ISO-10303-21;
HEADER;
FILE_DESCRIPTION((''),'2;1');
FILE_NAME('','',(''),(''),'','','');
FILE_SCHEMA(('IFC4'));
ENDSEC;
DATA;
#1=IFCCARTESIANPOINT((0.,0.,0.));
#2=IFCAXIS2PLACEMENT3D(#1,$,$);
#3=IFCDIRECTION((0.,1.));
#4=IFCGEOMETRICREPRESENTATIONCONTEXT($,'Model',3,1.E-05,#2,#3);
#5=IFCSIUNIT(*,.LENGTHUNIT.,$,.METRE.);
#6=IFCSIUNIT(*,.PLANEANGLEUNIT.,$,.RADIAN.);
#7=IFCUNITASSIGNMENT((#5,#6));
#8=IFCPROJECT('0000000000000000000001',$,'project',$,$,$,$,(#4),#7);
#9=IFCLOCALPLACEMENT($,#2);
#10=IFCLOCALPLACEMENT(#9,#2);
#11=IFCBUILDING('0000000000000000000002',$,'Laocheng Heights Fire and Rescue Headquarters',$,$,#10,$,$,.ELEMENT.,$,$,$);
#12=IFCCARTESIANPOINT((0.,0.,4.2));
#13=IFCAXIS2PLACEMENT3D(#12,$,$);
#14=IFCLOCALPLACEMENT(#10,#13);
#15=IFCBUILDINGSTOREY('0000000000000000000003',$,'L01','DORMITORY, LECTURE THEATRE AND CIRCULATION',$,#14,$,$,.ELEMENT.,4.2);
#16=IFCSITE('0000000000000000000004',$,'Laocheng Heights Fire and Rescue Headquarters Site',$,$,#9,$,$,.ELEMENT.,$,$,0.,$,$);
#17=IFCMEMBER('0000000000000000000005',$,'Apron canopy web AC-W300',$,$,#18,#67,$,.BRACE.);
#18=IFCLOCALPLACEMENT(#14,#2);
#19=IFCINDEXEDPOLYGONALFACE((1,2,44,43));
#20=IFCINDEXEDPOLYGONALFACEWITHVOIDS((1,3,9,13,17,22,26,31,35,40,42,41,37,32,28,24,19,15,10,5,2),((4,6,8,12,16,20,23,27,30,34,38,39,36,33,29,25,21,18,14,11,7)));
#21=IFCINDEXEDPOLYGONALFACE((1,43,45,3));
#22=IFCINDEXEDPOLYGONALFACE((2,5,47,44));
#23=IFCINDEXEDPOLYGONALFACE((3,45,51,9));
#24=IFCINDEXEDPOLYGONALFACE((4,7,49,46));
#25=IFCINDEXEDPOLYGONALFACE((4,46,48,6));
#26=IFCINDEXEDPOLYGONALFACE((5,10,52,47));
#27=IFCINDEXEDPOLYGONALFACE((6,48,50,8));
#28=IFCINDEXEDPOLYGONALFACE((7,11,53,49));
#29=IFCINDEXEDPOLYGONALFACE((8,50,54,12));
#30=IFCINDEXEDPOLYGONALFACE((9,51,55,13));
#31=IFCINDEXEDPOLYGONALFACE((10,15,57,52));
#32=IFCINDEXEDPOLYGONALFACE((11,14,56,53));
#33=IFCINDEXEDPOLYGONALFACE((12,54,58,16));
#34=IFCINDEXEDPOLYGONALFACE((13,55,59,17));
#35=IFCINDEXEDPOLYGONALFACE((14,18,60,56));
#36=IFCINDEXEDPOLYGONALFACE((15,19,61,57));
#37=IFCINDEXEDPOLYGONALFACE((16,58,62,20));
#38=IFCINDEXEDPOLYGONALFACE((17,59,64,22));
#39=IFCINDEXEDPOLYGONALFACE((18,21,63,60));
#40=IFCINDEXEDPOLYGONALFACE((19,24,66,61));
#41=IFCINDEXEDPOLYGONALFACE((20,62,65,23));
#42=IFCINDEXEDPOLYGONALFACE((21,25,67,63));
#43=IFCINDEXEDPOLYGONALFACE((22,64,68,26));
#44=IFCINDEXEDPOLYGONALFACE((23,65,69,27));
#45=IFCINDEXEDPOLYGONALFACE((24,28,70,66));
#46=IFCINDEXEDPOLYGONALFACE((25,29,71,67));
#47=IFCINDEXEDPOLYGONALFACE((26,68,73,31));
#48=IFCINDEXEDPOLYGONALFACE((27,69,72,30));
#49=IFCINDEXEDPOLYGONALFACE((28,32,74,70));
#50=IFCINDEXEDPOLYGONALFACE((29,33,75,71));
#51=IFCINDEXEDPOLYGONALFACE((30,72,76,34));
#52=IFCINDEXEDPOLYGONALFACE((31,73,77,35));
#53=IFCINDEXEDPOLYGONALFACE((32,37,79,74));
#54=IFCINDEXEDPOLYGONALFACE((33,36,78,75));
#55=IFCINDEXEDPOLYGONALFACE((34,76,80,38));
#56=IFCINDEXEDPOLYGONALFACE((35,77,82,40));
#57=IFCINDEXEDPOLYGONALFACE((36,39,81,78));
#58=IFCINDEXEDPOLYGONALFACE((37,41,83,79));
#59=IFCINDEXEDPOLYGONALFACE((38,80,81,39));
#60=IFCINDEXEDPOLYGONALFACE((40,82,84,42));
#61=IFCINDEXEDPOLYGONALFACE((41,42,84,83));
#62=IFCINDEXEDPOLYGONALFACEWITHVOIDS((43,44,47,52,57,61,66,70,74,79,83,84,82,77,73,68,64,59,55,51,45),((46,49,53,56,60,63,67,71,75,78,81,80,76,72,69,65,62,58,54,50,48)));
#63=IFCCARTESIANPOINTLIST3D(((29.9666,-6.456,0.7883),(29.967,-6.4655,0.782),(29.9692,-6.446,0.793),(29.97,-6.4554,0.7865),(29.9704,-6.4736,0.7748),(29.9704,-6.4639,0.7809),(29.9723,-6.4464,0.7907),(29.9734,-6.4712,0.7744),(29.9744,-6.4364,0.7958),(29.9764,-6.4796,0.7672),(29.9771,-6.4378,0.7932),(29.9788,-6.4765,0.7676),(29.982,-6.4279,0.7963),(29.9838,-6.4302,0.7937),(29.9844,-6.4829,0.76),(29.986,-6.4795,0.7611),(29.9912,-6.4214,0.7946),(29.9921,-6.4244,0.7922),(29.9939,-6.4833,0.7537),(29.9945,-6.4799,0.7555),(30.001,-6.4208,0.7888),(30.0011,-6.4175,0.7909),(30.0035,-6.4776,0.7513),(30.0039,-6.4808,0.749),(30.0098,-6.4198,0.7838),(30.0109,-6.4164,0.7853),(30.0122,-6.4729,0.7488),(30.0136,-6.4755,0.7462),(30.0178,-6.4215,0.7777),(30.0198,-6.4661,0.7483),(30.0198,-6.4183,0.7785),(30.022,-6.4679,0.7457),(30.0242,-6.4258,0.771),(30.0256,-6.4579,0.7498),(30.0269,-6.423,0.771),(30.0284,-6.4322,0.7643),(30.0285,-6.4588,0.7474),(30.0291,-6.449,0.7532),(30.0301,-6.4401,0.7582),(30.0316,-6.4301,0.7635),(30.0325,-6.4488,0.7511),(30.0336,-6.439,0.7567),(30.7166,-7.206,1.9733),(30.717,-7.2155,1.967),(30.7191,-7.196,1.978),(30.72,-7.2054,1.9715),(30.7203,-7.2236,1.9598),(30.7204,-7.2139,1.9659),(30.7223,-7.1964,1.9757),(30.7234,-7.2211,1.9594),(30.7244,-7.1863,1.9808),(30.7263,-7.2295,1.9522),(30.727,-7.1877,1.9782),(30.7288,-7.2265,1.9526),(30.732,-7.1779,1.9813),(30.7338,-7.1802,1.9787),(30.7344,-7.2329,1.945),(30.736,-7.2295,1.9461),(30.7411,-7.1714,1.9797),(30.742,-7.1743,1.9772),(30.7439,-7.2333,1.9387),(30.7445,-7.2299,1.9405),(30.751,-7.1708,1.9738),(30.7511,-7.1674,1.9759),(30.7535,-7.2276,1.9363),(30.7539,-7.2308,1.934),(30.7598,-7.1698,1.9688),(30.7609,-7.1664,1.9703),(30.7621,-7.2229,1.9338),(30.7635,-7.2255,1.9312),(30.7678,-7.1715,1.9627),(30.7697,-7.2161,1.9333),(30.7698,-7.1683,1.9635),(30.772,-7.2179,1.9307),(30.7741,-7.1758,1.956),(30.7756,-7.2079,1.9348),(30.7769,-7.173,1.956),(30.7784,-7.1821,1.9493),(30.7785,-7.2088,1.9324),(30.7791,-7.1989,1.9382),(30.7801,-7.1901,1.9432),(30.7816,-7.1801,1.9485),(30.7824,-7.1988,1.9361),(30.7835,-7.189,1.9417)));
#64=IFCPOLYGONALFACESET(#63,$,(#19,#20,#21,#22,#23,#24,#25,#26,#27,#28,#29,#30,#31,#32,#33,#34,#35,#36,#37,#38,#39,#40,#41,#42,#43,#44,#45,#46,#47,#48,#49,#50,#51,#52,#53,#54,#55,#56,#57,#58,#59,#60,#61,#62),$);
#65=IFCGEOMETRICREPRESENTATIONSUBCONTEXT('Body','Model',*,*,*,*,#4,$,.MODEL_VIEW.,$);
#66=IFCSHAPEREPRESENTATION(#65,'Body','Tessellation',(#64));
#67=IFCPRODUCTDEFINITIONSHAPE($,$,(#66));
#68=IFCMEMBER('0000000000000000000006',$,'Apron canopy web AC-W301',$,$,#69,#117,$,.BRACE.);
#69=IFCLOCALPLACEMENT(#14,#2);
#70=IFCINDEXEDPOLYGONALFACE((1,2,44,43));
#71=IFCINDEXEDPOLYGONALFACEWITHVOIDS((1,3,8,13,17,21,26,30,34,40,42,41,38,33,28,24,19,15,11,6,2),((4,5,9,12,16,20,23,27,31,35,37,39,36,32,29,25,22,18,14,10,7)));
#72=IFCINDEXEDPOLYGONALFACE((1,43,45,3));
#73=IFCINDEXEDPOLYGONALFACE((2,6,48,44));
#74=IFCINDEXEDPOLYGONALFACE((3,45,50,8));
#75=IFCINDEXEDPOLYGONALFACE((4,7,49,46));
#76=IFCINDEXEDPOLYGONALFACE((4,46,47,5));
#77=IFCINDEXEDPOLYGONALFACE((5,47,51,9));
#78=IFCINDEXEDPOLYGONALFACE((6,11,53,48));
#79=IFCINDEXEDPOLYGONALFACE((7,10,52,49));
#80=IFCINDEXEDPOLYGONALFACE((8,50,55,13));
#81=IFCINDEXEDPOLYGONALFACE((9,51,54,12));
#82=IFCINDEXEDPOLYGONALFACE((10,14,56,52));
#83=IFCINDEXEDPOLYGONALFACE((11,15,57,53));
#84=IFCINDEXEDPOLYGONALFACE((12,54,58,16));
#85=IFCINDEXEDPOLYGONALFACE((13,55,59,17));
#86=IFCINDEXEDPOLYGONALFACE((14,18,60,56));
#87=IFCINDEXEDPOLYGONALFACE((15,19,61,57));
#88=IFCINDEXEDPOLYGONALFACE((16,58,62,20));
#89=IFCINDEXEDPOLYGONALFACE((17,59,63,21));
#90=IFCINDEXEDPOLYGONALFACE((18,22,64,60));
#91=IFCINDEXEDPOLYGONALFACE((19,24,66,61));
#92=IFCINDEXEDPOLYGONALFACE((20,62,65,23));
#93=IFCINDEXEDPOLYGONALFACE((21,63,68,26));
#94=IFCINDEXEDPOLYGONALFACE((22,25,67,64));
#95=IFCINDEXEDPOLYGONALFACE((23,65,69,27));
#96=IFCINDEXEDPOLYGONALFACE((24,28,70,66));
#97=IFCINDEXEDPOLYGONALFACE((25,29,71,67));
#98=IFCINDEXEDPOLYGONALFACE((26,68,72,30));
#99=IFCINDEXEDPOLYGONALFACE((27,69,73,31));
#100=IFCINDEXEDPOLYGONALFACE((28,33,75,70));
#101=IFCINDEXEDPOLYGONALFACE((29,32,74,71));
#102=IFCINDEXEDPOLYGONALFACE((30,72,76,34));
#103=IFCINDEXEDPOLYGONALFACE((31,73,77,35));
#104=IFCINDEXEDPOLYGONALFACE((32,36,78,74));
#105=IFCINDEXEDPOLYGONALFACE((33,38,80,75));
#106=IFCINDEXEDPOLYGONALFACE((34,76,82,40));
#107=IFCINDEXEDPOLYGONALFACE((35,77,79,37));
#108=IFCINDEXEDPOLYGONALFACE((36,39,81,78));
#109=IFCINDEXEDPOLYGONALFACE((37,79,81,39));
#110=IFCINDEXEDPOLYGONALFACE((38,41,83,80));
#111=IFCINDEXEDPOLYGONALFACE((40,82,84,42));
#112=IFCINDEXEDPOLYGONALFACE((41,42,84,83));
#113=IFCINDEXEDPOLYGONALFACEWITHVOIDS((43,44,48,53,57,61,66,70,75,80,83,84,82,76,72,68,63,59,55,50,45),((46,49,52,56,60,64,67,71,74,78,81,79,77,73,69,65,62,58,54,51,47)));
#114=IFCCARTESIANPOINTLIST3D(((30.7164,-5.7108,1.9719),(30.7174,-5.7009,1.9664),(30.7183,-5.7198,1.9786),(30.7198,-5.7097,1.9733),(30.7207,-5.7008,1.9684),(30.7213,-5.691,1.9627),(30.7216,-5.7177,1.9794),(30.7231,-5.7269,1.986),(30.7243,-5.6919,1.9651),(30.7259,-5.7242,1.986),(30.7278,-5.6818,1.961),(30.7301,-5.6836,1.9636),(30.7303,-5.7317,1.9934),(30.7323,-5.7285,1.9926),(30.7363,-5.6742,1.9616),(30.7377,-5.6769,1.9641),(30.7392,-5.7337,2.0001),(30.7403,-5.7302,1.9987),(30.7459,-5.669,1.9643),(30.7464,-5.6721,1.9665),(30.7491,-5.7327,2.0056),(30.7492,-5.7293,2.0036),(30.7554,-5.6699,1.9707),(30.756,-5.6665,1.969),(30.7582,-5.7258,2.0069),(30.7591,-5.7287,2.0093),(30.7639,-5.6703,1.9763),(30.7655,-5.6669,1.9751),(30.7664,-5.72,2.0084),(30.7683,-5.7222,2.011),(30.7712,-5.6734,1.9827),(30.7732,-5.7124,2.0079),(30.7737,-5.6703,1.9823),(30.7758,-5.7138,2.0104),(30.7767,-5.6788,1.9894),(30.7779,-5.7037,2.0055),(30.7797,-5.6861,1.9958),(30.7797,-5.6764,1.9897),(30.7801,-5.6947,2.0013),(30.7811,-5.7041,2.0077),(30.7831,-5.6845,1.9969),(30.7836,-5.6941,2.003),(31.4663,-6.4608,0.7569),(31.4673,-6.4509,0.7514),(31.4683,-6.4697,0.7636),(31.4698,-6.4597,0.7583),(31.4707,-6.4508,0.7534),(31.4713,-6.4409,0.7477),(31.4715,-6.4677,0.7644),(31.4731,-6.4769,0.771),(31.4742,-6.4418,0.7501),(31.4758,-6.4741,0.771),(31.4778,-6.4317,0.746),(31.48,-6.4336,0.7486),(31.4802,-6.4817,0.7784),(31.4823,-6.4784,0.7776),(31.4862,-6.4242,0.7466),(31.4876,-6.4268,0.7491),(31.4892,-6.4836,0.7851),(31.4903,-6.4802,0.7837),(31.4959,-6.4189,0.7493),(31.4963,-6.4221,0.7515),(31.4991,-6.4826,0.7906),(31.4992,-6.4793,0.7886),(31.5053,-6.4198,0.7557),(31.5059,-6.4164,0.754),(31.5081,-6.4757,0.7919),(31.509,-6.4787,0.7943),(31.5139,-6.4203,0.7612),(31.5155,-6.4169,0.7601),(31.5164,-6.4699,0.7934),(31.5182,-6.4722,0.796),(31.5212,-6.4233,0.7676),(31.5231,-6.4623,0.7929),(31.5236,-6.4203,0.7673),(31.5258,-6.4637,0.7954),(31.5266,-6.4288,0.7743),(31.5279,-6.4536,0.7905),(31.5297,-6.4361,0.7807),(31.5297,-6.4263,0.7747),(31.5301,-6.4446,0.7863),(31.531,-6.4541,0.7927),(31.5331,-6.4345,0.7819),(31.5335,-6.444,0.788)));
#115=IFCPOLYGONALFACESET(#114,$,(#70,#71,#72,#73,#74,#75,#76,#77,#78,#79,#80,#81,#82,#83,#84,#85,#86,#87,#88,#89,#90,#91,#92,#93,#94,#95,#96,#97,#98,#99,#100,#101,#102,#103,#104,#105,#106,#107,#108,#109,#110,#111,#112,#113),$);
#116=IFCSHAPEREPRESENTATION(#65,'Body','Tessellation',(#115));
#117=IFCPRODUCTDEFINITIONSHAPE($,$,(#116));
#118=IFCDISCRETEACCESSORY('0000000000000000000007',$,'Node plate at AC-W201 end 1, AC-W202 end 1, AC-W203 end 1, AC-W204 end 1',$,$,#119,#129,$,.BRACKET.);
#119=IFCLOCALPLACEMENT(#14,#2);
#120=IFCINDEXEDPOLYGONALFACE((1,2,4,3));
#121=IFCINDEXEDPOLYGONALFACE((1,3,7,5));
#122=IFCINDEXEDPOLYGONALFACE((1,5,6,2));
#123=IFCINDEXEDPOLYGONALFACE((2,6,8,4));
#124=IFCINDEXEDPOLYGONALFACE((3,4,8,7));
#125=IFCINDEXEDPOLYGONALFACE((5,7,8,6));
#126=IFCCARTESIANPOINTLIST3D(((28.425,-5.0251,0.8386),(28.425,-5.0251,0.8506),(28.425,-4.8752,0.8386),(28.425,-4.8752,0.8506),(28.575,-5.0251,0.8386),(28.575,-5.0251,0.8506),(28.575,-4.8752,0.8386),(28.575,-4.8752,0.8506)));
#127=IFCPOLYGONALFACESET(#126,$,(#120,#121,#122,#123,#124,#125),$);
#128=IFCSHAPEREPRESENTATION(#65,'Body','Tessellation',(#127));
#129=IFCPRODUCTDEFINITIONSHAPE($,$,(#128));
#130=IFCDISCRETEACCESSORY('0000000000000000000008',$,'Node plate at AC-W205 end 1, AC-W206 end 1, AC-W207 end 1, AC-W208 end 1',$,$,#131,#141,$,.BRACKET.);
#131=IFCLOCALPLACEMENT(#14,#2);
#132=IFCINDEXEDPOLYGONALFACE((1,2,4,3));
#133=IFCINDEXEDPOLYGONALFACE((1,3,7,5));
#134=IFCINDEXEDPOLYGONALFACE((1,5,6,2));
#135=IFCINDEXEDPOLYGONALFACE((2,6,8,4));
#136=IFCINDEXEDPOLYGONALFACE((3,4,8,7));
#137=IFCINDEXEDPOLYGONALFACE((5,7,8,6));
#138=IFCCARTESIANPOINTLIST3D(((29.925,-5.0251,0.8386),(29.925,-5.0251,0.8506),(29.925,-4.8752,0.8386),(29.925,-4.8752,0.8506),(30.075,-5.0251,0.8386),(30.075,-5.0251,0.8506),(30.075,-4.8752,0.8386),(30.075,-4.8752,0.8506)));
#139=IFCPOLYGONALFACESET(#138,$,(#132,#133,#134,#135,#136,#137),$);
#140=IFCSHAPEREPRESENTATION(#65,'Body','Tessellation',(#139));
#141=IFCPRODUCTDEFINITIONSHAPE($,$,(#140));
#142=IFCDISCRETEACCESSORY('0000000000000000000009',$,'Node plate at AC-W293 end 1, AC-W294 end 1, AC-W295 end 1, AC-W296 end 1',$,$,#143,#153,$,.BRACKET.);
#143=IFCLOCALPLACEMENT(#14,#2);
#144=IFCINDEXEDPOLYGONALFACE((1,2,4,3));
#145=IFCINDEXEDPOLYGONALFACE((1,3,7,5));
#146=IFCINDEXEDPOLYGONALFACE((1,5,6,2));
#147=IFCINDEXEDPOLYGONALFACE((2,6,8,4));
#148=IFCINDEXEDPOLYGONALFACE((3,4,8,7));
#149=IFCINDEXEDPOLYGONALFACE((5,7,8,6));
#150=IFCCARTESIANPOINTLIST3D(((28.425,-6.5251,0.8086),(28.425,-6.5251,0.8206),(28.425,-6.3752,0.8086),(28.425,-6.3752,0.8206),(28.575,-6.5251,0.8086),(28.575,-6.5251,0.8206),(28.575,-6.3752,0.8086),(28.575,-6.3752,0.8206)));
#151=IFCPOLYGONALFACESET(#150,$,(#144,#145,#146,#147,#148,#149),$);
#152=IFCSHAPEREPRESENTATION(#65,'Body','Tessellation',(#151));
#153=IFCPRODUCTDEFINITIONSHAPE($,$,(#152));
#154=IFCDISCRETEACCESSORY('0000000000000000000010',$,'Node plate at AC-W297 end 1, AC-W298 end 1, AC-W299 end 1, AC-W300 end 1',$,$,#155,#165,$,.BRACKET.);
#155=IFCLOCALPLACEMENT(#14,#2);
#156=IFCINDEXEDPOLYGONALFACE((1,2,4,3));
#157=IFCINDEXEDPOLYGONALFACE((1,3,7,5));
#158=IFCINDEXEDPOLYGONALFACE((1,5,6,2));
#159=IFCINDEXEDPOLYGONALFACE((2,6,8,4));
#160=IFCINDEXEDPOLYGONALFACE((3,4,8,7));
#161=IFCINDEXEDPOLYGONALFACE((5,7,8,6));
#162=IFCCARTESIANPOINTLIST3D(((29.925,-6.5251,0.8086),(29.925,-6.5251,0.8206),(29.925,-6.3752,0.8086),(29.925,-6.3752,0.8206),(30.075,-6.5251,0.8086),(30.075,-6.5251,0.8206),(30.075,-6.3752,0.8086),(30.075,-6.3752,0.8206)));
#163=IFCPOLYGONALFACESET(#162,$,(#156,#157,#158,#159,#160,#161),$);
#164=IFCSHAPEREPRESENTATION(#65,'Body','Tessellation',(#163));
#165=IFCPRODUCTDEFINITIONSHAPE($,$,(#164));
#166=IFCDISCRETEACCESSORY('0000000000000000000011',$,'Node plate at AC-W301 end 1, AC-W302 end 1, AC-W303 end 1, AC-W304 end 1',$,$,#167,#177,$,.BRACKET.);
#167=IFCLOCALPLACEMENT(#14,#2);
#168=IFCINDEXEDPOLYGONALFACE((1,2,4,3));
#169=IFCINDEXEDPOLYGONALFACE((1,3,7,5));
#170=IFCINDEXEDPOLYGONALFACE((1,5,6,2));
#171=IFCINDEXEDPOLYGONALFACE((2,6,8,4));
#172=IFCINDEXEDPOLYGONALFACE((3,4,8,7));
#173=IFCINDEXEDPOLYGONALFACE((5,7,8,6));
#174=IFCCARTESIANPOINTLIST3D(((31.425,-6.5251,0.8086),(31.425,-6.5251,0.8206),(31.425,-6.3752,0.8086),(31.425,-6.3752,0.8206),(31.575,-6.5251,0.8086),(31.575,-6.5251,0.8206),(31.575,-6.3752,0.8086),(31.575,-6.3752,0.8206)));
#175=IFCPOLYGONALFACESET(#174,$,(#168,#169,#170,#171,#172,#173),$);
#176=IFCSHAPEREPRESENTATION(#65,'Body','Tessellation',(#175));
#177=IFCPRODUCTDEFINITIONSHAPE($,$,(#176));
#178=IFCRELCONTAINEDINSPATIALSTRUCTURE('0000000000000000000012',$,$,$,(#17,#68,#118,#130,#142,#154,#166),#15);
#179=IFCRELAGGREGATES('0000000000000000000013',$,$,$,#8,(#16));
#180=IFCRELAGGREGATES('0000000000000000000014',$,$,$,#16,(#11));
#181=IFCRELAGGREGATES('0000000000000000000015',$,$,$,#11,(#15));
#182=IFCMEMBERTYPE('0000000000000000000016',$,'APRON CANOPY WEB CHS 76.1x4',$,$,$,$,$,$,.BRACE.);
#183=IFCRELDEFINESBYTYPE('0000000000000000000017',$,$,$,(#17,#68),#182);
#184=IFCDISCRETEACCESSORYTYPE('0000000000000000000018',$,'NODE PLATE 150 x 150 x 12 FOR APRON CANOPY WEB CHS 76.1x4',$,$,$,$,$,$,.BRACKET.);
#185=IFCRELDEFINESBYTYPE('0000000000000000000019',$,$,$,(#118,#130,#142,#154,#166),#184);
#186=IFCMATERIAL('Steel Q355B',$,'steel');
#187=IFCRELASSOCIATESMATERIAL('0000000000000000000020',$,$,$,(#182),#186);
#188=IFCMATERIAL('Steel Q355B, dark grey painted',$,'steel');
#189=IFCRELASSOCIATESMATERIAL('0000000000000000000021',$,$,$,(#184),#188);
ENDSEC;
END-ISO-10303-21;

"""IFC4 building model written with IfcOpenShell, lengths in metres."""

from ifc_helpers import new_model, si_unit, direction, frame, origin, origin_2d, place, context, subcontext, project, spatial, rectangle, hollow_circle, extrude, material, material_profile, profile_set, type_object, element, save


model = new_model("IFC4")

# Units and contexts
model_context = context("Model", 3, precision=1e-05, world=origin(), true_north=direction((0.0, 1.0)))
body_context = subcontext(model_context, "Body", "Model", "MODEL_VIEW")
ifc_project = project(units=[si_unit("LENGTHUNIT", "METRE"), si_unit("PLANEANGLEUNIT", "RADIAN")], contexts=[model_context])

# Site, building, storey
site_placement = place(None, origin())
site = spatial("IfcSite", under=ifc_project, at=site_placement, Name="Laocheng Heights Fire and Rescue Headquarters Site", CompositionType="ELEMENT", RefElevation=0.0)
building_placement = place(site_placement, origin())
building = spatial("IfcBuilding", under=site, at=building_placement, Name="Laocheng Heights Fire and Rescue Headquarters", CompositionType="ELEMENT")
storey_placement = place(building_placement, frame((0.0, 0.0, 4.2)))
storey = spatial("IfcBuildingStorey", under=building, at=storey_placement, Name="L01", Description="DORMITORY, LECTURE THEATRE AND CIRCULATION", CompositionType="ELEMENT", Elevation=4.2)

# Members
ifc_material_1 = material(Name="Steel Q355B", Category="steel")
ifc_material_profile_1 = material_profile(ifc_material_1, hollow_circle(Radius=0.0381, WallThickness=0.0039, at=origin_2d()), Name="CHS 76.1x4")
ifc_profile_set_1 = profile_set([ifc_material_profile_1], Name="Steel Q355B")
member_type_1 = type_object("IfcMemberType", Name="APRON CANOPY WEB CHS 76.1x4", PredefinedType="BRACE", material=ifc_profile_set_1)
for number, where, z_axis, x_axis, name in (
    (1, (30.0, -6.45, 0.771), (0.47158, -0.47158, 0.745134), (0.707107, 0.707107, 0.0), "Apron canopy web AC-W300"),
):
    element("IfcMember", number, at=place(storey_placement, frame(where, z_axis=z_axis, x_axis=x_axis)), inside=storey, type_object=member_type_1, Name=name, PredefinedType="BRACE", context=body_context, shape_type="SweptSolid", body=[
        extrude(hollow_circle(Radius=0.0381, WallThickness=0.0039, at=origin_2d()), origin(), (0.0, 0.0, 1.0), 1.5903),
    ])
member_1_placement = place(storey_placement, frame((31.5, -6.45, 0.771), z_axis=(-0.465002, 0.465002, 0.753357), x_axis=(-0.707107, -0.707107, 0.0)))
element("IfcMember", 2, at=member_1_placement, inside=storey, type_object=member_type_1, Name="Apron canopy web AC-W301", PredefinedType="BRACE", context=body_context, shape_type="SweptSolid", body=[
    extrude(hollow_circle(Radius=0.0381, WallThickness=0.0039, at=origin_2d()), origin(), (0.0, 0.0, 1.0), 1.6128),
])

# Discrete accessories
ifc_material_2 = material(Name="Steel Q355B, dark grey painted", Category="steel")
ifc_material_profile_2 = material_profile(ifc_material_2, rectangle(XDim=0.1499, YDim=0.1499, at=origin_2d()), Name="NODE PLATE 150 x 150 x 12 FOR APRON CANOPY WEB CHS 76.1x4")
ifc_profile_set_2 = profile_set([ifc_material_profile_2], Name="Steel Q355B, dark grey painted")
discrete_accessory_type = type_object("IfcDiscreteAccessoryType", Name="NODE PLATE 150 x 150 x 12 FOR APRON CANOPY WEB CHS 76.1x4", PredefinedType="BRACKET", material=ifc_profile_set_2)
for number, where, z_axis, x_axis, name in (
    (3, (28.5, -4.9502, 0.8386), (0.0, 0.0, 1.0), (1.0, 0.0, 0.0), "Node plate at AC-W201 end 1, AC-W202 end 1, AC-W203 end 1, AC-W204 end 1"),
    (4, (30.0, -4.9502, 0.8386), (0.0, 0.0, 1.0), (1.0, 0.0, 0.0), "Node plate at AC-W205 end 1, AC-W206 end 1, AC-W207 end 1, AC-W208 end 1"),
    (5, (28.5, -6.4502, 0.8086), (0.0, 0.0, 1.0), (1.0, 0.0, 0.0), "Node plate at AC-W293 end 1, AC-W294 end 1, AC-W295 end 1, AC-W296 end 1"),
    (6, (30.0, -6.4502, 0.8086), (0.0, 0.0, 1.0), (1.0, 0.0, 0.0), "Node plate at AC-W297 end 1, AC-W298 end 1, AC-W299 end 1, AC-W300 end 1"),
    (7, (31.5, -6.4502, 0.8086), (0.0, 0.0, 1.0), (1.0, 0.0, 0.0), "Node plate at AC-W301 end 1, AC-W302 end 1, AC-W303 end 1, AC-W304 end 1"),
):
    element("IfcDiscreteAccessory", number, at=place(storey_placement, frame(where, z_axis=z_axis, x_axis=x_axis)), inside=storey, type_object=discrete_accessory_type, Name=name, PredefinedType="BRACKET", context=body_context, shape_type="SweptSolid", body=[
        extrude(rectangle(XDim=0.1499, YDim=0.1499, at=origin_2d()), origin(), (0.0, 0.0, 1.0), 0.012),
    ])

save(model, "model.ifc")
